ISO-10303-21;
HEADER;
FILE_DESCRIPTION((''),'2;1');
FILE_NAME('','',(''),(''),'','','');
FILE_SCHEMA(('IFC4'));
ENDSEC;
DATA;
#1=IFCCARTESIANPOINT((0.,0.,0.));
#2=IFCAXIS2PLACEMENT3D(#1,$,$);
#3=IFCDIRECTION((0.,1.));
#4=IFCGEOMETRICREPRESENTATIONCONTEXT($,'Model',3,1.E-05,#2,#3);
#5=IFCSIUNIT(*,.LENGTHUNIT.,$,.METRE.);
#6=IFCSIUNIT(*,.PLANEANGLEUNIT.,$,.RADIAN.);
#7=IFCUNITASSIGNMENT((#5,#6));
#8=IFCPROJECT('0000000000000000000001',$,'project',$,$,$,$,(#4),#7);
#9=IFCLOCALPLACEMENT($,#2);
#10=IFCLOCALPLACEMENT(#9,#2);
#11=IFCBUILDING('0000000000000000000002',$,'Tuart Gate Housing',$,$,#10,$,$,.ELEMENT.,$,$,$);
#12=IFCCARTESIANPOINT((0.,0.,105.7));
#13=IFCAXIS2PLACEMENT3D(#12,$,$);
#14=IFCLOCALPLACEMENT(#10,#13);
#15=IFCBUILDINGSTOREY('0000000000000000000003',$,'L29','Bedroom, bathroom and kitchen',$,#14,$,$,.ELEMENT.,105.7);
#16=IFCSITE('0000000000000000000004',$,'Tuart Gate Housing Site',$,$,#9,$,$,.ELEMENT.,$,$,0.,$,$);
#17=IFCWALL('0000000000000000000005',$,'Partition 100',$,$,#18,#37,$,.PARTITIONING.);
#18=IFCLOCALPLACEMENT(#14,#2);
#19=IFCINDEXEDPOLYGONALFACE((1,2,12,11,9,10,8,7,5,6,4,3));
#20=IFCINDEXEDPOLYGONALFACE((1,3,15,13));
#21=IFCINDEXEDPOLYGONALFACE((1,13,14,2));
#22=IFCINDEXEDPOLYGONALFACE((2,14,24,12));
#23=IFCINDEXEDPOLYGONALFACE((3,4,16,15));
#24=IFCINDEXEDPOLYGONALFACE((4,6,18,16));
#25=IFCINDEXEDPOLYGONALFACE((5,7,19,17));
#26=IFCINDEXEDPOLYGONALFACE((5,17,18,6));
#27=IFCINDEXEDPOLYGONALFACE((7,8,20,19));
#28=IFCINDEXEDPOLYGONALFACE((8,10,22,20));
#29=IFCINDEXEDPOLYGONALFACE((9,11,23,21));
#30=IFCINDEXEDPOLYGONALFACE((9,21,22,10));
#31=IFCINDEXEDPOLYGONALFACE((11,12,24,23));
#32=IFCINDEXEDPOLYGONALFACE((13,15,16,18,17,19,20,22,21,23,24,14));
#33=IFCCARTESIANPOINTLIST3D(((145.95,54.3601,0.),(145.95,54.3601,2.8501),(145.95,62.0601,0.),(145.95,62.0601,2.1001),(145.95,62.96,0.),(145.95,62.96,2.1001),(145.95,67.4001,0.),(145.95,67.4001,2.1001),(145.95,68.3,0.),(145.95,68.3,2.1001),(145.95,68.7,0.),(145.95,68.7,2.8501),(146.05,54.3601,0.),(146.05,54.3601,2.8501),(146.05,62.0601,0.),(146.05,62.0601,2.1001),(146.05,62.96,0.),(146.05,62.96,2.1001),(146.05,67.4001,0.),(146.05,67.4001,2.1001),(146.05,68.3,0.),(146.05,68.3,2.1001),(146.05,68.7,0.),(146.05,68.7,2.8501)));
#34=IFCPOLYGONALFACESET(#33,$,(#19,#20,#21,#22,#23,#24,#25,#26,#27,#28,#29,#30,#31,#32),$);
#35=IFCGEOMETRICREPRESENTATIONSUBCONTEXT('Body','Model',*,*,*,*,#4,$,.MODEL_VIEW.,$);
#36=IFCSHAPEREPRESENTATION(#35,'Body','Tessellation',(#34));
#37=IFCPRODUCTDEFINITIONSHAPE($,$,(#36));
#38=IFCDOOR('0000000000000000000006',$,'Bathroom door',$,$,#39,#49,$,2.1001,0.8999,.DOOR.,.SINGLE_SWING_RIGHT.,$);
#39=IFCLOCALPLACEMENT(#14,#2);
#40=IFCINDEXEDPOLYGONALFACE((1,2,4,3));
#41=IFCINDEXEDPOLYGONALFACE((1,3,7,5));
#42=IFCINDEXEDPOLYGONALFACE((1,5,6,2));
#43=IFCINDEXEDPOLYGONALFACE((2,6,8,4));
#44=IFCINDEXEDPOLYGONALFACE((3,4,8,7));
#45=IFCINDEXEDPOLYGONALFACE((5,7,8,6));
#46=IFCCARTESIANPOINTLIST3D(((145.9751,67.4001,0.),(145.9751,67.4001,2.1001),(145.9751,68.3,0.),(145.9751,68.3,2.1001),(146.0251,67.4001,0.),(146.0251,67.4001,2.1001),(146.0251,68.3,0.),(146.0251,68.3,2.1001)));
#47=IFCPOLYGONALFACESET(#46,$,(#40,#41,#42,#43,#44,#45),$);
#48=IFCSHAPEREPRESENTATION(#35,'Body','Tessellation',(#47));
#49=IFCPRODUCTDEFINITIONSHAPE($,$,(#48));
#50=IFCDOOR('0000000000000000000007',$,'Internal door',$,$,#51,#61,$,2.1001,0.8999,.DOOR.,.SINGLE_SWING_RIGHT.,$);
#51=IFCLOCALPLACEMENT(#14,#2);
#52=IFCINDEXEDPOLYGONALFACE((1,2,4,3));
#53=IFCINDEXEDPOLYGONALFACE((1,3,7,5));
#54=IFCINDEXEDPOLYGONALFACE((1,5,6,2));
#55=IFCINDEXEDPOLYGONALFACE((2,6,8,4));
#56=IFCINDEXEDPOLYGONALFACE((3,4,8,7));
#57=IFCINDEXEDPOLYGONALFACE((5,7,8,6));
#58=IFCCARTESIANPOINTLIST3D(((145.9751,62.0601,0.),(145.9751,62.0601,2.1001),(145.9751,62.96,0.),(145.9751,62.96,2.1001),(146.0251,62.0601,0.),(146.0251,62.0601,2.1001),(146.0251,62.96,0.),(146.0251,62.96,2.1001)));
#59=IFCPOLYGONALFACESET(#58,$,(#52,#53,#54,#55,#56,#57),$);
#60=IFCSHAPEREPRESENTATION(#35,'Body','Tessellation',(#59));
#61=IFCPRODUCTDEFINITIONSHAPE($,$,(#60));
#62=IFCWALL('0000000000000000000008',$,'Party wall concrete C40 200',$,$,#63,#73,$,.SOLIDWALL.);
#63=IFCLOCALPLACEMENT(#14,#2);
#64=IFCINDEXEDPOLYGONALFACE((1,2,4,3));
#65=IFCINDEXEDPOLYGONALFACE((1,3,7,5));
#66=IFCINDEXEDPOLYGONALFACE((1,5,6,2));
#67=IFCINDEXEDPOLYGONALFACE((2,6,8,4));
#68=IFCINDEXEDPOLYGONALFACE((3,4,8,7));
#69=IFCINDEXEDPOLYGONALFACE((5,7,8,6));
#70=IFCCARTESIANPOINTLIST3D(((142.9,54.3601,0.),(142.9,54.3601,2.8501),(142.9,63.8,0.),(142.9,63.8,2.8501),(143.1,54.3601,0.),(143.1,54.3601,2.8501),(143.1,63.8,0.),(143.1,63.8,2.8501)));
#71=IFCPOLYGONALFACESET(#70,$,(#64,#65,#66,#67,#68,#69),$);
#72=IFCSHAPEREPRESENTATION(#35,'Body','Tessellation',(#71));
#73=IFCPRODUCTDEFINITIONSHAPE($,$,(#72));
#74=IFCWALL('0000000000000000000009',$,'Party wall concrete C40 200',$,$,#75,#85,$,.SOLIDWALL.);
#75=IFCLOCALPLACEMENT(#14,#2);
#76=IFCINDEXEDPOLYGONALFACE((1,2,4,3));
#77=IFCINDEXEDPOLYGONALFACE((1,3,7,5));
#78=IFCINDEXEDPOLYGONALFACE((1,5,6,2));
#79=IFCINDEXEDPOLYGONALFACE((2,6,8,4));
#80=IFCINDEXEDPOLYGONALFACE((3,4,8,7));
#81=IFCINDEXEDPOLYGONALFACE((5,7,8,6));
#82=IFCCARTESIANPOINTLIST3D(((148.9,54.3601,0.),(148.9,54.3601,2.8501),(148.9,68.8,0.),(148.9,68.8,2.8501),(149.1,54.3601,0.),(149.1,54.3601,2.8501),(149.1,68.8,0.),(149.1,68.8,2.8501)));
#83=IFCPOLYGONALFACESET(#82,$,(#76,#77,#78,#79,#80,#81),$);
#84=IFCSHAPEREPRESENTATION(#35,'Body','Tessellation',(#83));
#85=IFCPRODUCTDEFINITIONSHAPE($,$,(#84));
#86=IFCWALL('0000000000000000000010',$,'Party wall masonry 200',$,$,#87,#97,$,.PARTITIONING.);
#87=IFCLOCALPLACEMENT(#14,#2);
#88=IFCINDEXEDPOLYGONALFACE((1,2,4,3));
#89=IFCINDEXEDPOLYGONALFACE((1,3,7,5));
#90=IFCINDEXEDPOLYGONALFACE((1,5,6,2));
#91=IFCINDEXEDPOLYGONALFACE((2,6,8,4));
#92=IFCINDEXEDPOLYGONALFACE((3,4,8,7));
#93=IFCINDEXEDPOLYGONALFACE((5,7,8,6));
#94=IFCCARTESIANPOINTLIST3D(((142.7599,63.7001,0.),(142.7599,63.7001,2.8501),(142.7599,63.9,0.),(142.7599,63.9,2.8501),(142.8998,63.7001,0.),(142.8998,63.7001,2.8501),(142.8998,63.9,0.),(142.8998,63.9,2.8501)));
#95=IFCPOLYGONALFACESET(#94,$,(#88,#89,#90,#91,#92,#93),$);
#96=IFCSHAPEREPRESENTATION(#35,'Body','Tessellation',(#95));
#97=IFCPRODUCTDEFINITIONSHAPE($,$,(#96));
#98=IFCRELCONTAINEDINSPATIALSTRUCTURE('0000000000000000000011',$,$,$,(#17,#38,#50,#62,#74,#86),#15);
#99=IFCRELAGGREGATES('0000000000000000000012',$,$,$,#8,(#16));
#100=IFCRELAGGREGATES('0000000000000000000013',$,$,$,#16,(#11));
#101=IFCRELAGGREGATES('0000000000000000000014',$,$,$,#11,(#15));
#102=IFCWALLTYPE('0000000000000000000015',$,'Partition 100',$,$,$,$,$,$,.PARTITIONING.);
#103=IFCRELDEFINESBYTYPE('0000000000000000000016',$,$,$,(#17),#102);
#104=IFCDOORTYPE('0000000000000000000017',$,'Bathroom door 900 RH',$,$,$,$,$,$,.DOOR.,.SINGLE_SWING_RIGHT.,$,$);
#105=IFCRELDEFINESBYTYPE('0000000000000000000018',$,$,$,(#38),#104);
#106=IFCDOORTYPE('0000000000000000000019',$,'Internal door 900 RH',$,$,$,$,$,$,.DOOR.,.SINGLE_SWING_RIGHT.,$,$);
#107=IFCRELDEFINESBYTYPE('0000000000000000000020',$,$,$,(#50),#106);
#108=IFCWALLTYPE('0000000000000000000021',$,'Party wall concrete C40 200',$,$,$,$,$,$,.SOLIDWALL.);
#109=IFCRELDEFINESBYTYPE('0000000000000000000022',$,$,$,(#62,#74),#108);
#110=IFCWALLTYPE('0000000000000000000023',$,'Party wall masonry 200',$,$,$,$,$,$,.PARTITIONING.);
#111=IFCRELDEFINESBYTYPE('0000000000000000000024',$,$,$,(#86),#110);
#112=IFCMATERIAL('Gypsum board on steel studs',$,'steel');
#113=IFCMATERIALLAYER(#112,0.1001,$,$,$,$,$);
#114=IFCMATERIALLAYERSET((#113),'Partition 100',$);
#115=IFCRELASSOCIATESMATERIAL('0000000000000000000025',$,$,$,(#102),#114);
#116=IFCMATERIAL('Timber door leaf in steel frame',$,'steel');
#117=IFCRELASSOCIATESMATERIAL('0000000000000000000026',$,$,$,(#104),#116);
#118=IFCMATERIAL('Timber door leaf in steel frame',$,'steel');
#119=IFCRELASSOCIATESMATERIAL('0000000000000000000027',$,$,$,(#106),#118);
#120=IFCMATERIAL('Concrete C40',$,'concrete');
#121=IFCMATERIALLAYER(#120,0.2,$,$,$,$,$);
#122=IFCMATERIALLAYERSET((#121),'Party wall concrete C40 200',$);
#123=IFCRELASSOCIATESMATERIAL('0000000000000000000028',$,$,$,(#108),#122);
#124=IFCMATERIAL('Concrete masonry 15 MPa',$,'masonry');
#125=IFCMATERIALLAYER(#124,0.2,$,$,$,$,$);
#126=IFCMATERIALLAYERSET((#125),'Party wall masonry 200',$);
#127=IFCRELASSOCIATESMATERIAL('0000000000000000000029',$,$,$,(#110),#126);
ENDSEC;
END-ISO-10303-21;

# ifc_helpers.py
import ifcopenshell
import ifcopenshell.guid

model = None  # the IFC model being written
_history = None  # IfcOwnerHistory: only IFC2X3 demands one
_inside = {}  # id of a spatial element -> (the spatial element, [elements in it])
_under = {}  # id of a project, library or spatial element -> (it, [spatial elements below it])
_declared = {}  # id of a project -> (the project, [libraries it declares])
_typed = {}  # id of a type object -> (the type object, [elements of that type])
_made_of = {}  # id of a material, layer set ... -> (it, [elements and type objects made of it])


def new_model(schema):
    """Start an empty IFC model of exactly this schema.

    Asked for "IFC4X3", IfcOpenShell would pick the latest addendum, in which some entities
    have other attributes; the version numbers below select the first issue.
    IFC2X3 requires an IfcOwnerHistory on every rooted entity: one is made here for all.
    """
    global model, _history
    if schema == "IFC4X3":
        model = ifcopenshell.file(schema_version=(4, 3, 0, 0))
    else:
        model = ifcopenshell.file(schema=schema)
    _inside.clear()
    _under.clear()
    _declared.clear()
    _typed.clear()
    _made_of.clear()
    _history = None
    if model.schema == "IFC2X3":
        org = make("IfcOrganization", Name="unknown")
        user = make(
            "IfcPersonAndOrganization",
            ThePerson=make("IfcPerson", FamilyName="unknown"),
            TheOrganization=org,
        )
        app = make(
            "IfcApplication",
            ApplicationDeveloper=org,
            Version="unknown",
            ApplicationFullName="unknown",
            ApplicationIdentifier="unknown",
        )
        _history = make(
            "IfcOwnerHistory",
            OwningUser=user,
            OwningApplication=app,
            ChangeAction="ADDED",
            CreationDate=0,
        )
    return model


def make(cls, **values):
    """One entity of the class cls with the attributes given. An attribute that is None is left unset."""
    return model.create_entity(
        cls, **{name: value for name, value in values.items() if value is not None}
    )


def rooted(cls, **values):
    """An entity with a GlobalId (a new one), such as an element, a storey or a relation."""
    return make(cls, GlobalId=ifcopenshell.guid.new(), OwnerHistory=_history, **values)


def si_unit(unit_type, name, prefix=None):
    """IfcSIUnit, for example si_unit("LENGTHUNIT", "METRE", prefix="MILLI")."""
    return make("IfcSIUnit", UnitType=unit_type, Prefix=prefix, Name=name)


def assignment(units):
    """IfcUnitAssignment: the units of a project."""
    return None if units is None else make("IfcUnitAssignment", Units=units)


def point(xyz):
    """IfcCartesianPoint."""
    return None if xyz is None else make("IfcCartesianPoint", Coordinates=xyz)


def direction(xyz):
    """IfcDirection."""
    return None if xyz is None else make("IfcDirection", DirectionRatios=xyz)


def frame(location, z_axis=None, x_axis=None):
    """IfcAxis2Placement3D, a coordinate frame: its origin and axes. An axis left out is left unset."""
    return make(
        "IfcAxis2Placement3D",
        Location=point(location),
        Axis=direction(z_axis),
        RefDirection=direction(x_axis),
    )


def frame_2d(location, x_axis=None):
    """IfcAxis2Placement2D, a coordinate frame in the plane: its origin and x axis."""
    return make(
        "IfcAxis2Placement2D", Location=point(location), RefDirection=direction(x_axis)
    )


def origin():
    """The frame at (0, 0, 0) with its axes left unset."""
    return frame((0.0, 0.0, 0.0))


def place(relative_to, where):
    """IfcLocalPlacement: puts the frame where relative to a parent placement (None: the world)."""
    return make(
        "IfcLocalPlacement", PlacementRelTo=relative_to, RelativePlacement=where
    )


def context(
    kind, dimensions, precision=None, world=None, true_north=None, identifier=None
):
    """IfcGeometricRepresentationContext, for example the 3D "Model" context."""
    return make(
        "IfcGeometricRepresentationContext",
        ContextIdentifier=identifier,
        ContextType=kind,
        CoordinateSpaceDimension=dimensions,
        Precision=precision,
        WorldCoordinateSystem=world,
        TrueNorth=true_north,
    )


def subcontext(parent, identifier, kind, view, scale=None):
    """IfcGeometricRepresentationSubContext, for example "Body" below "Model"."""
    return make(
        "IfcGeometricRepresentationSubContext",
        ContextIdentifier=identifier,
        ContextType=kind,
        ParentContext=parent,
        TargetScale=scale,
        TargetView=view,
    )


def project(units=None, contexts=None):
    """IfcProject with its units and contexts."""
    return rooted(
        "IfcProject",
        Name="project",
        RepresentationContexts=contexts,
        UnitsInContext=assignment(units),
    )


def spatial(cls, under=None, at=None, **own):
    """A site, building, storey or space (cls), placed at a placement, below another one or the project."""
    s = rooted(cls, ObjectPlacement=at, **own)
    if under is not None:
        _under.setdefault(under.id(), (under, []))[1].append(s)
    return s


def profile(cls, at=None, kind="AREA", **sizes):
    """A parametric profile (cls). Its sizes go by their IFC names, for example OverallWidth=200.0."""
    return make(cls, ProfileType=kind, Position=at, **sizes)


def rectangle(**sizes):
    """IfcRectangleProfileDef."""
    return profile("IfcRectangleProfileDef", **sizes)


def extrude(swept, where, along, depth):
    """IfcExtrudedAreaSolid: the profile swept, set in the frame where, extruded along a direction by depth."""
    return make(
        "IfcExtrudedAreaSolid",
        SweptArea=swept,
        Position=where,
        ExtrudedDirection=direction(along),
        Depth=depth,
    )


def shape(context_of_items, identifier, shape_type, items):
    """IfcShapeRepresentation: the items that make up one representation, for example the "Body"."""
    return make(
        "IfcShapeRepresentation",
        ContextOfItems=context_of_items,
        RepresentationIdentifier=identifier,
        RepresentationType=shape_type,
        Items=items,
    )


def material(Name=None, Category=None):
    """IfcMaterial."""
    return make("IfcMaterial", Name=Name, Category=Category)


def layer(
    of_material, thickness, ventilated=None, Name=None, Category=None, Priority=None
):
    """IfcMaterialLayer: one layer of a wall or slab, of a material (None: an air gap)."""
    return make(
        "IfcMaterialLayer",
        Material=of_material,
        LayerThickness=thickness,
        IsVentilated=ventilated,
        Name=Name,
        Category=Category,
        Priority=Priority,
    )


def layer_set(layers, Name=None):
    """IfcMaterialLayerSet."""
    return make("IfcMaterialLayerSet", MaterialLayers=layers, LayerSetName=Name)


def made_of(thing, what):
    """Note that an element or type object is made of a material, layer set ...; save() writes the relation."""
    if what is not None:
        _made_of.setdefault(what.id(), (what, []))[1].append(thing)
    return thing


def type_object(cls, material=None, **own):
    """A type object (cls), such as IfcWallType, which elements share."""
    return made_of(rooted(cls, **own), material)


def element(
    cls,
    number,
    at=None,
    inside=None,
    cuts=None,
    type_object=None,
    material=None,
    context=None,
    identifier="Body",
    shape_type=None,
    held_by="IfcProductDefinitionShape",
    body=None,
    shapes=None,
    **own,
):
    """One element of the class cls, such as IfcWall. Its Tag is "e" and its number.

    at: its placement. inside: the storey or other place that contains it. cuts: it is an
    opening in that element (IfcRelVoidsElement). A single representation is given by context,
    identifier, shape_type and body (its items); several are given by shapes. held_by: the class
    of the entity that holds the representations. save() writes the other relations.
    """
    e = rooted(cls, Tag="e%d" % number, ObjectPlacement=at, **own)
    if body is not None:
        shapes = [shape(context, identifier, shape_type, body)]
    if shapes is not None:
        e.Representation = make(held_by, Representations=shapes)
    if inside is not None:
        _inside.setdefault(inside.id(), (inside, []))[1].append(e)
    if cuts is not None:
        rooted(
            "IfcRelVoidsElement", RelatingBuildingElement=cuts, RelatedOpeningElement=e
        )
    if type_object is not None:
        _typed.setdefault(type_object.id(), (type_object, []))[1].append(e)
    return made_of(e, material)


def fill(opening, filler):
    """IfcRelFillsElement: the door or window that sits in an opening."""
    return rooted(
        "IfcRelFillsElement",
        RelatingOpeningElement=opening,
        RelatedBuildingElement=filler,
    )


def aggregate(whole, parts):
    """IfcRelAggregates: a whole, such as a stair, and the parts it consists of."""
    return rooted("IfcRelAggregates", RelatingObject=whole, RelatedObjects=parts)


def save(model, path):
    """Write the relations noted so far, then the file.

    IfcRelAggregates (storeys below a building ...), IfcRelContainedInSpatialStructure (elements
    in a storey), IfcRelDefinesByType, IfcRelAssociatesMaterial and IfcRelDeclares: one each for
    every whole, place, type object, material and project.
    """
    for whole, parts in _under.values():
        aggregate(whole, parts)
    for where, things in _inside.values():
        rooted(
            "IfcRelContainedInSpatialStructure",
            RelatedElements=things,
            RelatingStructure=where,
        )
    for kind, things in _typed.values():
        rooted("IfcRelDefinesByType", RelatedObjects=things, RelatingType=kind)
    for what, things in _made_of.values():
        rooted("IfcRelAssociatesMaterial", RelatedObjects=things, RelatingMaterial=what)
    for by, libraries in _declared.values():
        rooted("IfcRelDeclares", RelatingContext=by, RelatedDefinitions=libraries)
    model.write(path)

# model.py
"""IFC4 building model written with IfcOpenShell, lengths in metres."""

from ifc_helpers import new_model, si_unit, direction, frame, frame_2d, origin, place, context, subcontext, project, spatial, rectangle, extrude, material, layer, layer_set, type_object, element, fill, save


model = new_model("IFC4")

# Units and contexts
model_context = context("Model", 3, precision=1e-05, world=origin(), true_north=direction((0.0, 1.0)))
body_context = subcontext(model_context, "Body", "Model", "MODEL_VIEW")
ifc_project = project(units=[si_unit("LENGTHUNIT", "METRE"), si_unit("PLANEANGLEUNIT", "RADIAN")], contexts=[model_context])

# Site, building, storey
site_placement = place(None, origin())
site = spatial("IfcSite", under=ifc_project, at=site_placement, Name="Tuart Gate Housing Site", CompositionType="ELEMENT", RefElevation=0.0)
building_placement = place(site_placement, origin())
building = spatial("IfcBuilding", under=site, at=building_placement, Name="Tuart Gate Housing", CompositionType="ELEMENT")
storey_placement = place(building_placement, frame((0.0, 0.0, 105.7)))
storey = spatial("IfcBuildingStorey", under=building, at=storey_placement, Name="L29", Description="Bedroom, bathroom and kitchen", CompositionType="ELEMENT", Elevation=105.7)

# Shared definitions
ifc_material_1 = material(Name="Gypsum board on steel studs", Category="steel")
ifc_layer_1 = layer(ifc_material_1, 0.1001)
ifc_layer_set_1 = layer_set([ifc_layer_1], Name="Partition 100")
wall_type_1 = type_object("IfcWallType", Name="Partition 100", PredefinedType="PARTITIONING", material=ifc_layer_set_1)

# Wall, openings, doors
wall_1_placement = place(storey_placement, frame((146.0, 54.3601, 0.0), z_axis=(0.0, 0.0, 1.0), x_axis=(0.0, 1.0, 0.0)))
wall_1 = element("IfcWall", 1, at=wall_1_placement, inside=storey, type_object=wall_type_1, Name="Partition 100", PredefinedType="PARTITIONING", context=body_context, shape_type="SweptSolid", body=[
    extrude(rectangle(XDim=14.3398, YDim=0.1001, at=frame_2d((7.1699, 0.0))), origin(), (0.0, 0.0, 1.0), 2.8501),
])
opening_1_placement = place(wall_1_placement, frame((7.7, 0.0, 0.0)))
opening_1 = element("IfcOpeningElement", 2, at=opening_1_placement, cuts=wall_1, PredefinedType="OPENING", context=body_context, shape_type="SweptSolid", body=[
    extrude(rectangle(XDim=0.8999, YDim=2.1001, at=frame_2d((0.45, 1.05))), frame((0.0, 0.0601, 0.0), z_axis=(0.0, -1.0, 0.0), x_axis=(1.0, 0.0, 0.0)), (0.0, 0.0, 1.0), 0.1201),
])
opening_2_placement = place(wall_1_placement, frame((13.04, 0.0, 0.0)))
opening_2 = element("IfcOpeningElement", 3, at=opening_2_placement, cuts=wall_1, PredefinedType="OPENING", context=body_context, shape_type="SweptSolid", body=[
    extrude(rectangle(XDim=0.8999, YDim=2.1001, at=frame_2d((0.45, 1.05))), frame((0.0, 0.0601, 0.0), z_axis=(0.0, -1.0, 0.0), x_axis=(1.0, 0.0, 0.0)), (0.0, 0.0, 1.0), 0.1201),
])
ifc_material_2 = material(Name="Timber door leaf in steel frame", Category="steel")
door_type_1 = type_object("IfcDoorType", Name="Bathroom door 900 RH", OperationType="SINGLE_SWING_RIGHT", PredefinedType="DOOR", material=ifc_material_2)
door_1_placement = place(opening_2_placement, origin())
door_1 = element("IfcDoor", 4, at=door_1_placement, inside=storey, type_object=door_type_1, Name="Bathroom door", OperationType="SINGLE_SWING_RIGHT", OverallHeight=2.1001, OverallWidth=0.8999, PredefinedType="DOOR", context=body_context, shape_type="SweptSolid", body=[
    extrude(rectangle(XDim=0.8999, YDim=2.1001, at=frame_2d((0.45, 1.05))), frame((0.0, 0.0249, 0.0), z_axis=(0.0, -1.0, 0.0), x_axis=(1.0, 0.0, 0.0)), (0.0, 0.0, 1.0), 0.05),
])
fill(opening_2, door_1)
ifc_material_3 = material(Name="Timber door leaf in steel frame", Category="steel")
door_type_2 = type_object("IfcDoorType", Name="Internal door 900 RH", OperationType="SINGLE_SWING_RIGHT", PredefinedType="DOOR", material=ifc_material_3)
door_2_placement = place(opening_1_placement, origin())
door_2 = element("IfcDoor", 5, at=door_2_placement, inside=storey, type_object=door_type_2, Name="Internal door", OperationType="SINGLE_SWING_RIGHT", OverallHeight=2.1001, OverallWidth=0.8999, PredefinedType="DOOR", context=body_context, shape_type="SweptSolid", body=[
    extrude(rectangle(XDim=0.8999, YDim=2.1001, at=frame_2d((0.45, 1.05))), frame((0.0, 0.0249, 0.0), z_axis=(0.0, -1.0, 0.0), x_axis=(1.0, 0.0, 0.0)), (0.0, 0.0, 1.0), 0.05),
])
fill(opening_1, door_2)

# Walls
ifc_material_4 = material(Name="Concrete C40", Category="concrete")
ifc_layer_2 = layer(ifc_material_4, 0.2)
ifc_layer_set_2 = layer_set([ifc_layer_2], Name="Party wall concrete C40 200")
wall_type_2 = type_object("IfcWallType", Name="Party wall concrete C40 200", PredefinedType="SOLIDWALL", material=ifc_layer_set_2)
wall_2_placement = place(storey_placement, frame((143.0, 54.3601, 0.0), z_axis=(0.0, 0.0, 1.0), x_axis=(0.0, 1.0, 0.0)))
element("IfcWall", 6, at=wall_2_placement, inside=storey, type_object=wall_type_2, Name="Party wall concrete C40 200", PredefinedType="SOLIDWALL", context=body_context, shape_type="SweptSolid", body=[
    extrude(rectangle(XDim=9.4399, YDim=0.2, at=frame_2d((4.72, 0.0))), origin(), (0.0, 0.0, 1.0), 2.8501),
])
wall_3_placement = place(storey_placement, frame((149.0, 54.3601, 0.0), z_axis=(0.0, 0.0, 1.0), x_axis=(0.0, 1.0, 0.0)))
element("IfcWall", 7, at=wall_3_placement, inside=storey, type_object=wall_type_2, Name="Party wall concrete C40 200", PredefinedType="SOLIDWALL", context=body_context, shape_type="SweptSolid", body=[
    extrude(rectangle(XDim=14.4399, YDim=0.2, at=frame_2d((7.22, 0.0))), origin(), (0.0, 0.0, 1.0), 2.8501),
])
ifc_material_5 = material(Name="Concrete masonry 15 MPa", Category="masonry")
ifc_layer_3 = layer(ifc_material_5, 0.2)
ifc_layer_set_3 = layer_set([ifc_layer_3], Name="Party wall masonry 200")
wall_type_3 = type_object("IfcWallType", Name="Party wall masonry 200", PredefinedType="PARTITIONING", material=ifc_layer_set_3)
wall_4_placement = place(storey_placement, frame((142.76, 63.8, 0.0), z_axis=(0.0, 0.0, 1.0), x_axis=(1.0, 0.0, 0.0)))
element("IfcWall", 8, at=wall_4_placement, inside=storey, type_object=wall_type_3, Name="Party wall masonry 200", PredefinedType="PARTITIONING", context=body_context, shape_type="SweptSolid", body=[
    extrude(rectangle(XDim=0.1399, YDim=0.2, at=frame_2d((0.0698, 0.0))), origin(), (0.0, 0.0, 1.0), 2.8501),
])

save(model, "model.ifc")
